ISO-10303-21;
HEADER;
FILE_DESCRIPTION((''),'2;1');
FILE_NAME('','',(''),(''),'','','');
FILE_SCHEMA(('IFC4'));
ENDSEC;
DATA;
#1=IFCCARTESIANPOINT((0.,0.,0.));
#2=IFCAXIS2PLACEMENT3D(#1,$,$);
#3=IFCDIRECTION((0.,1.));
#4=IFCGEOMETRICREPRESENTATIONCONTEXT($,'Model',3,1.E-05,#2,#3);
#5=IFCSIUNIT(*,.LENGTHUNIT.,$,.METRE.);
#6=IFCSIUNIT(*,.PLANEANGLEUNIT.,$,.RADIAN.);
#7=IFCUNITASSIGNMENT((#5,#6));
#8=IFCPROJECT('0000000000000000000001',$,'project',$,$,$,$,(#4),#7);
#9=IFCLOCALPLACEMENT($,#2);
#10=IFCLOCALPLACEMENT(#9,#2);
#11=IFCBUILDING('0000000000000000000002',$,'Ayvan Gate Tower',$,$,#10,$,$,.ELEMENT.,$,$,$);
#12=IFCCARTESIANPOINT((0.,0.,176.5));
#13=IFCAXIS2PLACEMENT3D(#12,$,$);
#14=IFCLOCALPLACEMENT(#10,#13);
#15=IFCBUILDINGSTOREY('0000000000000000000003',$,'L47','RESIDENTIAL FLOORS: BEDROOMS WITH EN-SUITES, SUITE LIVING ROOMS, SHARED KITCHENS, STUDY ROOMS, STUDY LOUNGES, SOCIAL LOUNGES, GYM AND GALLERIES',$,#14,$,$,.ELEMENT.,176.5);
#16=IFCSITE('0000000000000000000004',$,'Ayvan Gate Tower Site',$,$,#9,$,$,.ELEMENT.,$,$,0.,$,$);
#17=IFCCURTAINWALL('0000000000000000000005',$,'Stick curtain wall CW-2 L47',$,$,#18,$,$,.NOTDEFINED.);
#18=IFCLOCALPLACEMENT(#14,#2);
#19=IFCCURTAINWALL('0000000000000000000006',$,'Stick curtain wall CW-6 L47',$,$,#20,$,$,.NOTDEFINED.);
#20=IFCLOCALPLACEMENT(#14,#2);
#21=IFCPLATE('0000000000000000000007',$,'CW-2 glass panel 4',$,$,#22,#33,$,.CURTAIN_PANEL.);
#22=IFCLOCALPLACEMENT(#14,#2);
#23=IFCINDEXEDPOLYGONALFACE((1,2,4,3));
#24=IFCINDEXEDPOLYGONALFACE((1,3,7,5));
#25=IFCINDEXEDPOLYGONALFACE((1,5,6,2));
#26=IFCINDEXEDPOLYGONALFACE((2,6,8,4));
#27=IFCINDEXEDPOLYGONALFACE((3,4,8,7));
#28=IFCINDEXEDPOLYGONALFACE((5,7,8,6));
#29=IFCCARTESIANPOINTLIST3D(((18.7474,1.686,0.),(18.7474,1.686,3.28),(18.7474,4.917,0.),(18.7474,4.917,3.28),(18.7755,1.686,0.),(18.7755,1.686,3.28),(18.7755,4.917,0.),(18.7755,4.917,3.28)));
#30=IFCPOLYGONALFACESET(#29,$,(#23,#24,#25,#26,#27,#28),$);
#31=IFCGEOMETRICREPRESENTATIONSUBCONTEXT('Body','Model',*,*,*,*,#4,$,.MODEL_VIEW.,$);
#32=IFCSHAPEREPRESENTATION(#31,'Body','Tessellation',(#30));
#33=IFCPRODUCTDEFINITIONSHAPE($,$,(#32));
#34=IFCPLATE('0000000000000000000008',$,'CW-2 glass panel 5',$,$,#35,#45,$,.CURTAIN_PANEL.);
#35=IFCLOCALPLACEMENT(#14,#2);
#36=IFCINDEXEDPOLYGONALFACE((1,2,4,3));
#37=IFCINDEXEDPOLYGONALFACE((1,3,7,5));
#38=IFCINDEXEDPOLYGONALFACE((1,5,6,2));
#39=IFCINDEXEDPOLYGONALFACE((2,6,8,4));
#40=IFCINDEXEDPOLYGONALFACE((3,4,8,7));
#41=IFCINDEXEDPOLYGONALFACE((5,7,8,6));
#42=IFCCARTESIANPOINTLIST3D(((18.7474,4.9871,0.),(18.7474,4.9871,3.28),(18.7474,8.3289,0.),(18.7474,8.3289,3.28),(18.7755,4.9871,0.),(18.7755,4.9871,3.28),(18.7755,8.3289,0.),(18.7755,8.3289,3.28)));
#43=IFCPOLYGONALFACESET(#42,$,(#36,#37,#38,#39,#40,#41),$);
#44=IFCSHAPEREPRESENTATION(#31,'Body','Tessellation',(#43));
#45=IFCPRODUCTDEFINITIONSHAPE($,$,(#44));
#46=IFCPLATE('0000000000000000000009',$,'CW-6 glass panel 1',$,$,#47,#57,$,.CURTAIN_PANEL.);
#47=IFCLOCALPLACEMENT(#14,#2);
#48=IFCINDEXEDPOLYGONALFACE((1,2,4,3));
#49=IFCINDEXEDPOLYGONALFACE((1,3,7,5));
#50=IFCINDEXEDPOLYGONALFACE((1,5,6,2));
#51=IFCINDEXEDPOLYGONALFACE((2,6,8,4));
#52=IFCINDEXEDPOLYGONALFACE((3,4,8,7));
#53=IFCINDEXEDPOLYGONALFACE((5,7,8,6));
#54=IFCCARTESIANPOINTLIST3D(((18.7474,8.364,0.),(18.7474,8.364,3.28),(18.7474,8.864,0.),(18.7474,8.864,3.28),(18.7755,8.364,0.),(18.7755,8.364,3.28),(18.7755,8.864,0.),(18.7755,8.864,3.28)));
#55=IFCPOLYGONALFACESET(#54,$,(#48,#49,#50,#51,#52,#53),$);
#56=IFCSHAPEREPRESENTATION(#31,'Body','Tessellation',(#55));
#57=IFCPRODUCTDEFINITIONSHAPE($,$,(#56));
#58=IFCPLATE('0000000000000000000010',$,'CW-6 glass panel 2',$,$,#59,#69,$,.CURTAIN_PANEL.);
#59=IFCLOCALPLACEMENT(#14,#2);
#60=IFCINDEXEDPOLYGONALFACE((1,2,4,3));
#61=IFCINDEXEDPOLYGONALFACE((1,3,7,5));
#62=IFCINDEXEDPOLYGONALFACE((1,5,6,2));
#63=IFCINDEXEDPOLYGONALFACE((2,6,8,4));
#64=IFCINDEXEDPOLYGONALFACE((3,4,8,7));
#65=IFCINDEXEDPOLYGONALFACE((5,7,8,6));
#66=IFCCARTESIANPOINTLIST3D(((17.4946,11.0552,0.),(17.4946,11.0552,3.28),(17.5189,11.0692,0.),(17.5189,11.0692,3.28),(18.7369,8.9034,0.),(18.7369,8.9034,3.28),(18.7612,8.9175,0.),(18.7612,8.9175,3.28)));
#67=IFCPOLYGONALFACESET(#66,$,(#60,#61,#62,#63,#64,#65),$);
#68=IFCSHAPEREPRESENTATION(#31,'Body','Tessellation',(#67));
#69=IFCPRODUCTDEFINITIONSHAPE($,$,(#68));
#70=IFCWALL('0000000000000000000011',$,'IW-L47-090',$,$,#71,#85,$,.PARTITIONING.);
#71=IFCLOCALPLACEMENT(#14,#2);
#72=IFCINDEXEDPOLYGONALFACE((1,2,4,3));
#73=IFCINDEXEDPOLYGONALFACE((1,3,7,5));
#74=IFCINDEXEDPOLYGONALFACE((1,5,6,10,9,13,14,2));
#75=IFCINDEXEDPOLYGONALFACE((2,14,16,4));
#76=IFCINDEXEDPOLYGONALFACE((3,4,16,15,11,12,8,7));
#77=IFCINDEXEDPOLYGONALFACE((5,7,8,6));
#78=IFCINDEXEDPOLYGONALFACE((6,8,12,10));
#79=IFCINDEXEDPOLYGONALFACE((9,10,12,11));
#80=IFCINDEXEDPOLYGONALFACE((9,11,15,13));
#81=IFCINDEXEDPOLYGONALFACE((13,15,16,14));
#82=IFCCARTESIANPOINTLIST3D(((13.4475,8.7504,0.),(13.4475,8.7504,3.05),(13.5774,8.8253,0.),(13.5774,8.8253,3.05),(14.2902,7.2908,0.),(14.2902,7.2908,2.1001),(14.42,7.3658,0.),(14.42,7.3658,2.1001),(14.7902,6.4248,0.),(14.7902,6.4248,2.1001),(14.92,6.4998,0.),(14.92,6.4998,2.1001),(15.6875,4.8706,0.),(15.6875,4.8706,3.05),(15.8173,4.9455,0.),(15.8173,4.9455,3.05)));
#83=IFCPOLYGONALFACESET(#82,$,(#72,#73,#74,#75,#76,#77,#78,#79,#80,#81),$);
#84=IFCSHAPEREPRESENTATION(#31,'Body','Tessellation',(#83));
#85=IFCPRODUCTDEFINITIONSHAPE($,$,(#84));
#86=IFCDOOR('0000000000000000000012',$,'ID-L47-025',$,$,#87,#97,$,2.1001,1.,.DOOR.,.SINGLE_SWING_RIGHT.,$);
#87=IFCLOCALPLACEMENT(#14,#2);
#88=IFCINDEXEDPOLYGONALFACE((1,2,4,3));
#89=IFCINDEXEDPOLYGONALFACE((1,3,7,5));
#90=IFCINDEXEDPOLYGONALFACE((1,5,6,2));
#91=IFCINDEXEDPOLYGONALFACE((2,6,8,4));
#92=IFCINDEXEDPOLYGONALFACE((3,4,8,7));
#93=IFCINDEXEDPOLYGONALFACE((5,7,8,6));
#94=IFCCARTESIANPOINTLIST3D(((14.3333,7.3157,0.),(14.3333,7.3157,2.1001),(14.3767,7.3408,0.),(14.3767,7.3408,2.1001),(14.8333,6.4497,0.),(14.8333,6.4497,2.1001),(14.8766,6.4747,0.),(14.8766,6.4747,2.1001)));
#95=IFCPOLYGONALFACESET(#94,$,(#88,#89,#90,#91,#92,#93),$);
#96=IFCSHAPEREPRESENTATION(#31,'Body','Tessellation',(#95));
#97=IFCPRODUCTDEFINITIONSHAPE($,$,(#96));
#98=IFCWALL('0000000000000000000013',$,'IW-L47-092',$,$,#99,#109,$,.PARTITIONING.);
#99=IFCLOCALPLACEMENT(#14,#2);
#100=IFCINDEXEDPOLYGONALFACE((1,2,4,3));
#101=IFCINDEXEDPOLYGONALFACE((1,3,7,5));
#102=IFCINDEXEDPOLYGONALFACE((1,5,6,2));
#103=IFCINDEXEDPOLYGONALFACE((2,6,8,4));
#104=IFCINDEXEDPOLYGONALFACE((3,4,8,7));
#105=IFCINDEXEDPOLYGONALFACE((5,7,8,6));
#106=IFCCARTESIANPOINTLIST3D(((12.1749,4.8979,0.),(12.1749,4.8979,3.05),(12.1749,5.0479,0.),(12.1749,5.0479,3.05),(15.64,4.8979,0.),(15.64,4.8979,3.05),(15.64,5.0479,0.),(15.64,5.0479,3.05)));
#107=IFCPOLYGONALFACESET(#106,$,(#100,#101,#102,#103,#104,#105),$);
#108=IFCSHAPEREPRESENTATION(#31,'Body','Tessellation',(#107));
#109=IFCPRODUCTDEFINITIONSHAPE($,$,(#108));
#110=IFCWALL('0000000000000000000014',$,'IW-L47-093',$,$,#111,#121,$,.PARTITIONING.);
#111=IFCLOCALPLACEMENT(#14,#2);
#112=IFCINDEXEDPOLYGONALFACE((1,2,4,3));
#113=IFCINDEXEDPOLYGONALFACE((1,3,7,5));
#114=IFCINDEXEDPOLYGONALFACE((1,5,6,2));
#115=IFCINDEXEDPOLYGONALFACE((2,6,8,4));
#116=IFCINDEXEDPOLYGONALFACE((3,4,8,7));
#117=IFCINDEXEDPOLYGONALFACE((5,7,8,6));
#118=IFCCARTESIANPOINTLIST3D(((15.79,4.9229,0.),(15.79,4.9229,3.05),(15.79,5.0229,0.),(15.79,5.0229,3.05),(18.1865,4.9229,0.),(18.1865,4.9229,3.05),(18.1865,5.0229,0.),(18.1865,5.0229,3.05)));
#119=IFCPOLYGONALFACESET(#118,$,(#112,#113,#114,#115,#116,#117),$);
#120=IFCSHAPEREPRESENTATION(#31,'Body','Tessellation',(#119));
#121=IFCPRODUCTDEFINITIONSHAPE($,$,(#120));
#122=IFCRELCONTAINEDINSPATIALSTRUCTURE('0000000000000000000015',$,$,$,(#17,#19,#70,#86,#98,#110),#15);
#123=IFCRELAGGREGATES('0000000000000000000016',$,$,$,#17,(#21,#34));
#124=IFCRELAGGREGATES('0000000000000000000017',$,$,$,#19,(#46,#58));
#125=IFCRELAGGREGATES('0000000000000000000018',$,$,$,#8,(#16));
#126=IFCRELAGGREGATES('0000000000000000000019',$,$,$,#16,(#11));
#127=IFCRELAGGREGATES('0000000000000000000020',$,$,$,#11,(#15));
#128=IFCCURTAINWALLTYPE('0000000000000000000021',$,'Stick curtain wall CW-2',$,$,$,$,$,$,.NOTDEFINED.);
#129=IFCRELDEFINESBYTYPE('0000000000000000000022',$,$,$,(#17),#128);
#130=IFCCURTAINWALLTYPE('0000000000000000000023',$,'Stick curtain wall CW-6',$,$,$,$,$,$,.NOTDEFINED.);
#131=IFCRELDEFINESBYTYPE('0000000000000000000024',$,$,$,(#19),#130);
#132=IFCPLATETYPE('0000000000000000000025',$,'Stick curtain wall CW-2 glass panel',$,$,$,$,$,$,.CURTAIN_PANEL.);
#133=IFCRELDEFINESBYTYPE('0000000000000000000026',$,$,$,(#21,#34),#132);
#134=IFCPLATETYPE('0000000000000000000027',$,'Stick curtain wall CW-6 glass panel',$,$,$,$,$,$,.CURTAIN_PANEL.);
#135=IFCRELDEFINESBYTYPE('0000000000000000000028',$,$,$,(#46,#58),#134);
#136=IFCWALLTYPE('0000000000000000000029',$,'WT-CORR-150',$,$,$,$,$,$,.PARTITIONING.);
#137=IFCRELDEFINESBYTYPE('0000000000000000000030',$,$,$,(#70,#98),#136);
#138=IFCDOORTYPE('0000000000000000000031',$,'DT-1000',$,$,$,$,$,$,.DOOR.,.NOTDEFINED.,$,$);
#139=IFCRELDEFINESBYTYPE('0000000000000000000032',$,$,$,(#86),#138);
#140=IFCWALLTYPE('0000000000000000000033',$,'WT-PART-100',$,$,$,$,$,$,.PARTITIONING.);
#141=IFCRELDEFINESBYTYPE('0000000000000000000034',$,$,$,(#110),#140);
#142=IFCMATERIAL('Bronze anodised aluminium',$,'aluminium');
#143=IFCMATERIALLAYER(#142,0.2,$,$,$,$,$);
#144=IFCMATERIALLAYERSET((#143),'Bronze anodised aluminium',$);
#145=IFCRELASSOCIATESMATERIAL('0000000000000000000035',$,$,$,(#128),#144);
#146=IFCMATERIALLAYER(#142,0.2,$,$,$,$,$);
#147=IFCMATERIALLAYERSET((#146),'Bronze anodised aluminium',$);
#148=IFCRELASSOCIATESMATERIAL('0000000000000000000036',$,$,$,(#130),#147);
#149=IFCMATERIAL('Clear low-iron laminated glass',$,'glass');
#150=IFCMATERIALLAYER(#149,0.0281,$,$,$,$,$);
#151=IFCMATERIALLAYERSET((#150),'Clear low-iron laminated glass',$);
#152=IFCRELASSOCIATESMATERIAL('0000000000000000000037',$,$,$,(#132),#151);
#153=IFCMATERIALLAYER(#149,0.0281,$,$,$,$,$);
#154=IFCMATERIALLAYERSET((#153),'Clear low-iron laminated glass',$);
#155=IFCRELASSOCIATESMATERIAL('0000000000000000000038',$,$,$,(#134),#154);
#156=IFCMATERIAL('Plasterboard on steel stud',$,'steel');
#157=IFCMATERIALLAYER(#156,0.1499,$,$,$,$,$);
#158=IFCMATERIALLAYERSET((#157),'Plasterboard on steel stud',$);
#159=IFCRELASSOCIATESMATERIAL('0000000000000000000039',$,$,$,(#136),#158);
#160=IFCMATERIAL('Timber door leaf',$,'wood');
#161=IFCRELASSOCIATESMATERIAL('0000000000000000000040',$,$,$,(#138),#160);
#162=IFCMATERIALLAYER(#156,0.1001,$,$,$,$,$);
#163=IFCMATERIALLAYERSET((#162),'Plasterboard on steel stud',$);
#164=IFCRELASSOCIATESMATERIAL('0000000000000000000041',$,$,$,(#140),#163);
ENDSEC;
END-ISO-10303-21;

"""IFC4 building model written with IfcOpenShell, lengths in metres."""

from ifc_helpers import new_model, si_unit, direction, frame, frame_2d, origin, origin_2d, place, context, subcontext, project, spatial, rectangle, extrude, material, layer, layer_set, type_object, element, fill, aggregate, save


model = new_model("IFC4")

# Units and contexts
model_context = context("Model", 3, precision=1e-05, world=origin(), true_north=direction((0.0, 1.0)))
body_context = subcontext(model_context, "Body", "Model", "MODEL_VIEW")
ifc_project = project(units=[si_unit("LENGTHUNIT", "METRE"), si_unit("PLANEANGLEUNIT", "RADIAN")], contexts=[model_context])

# Site, building, storey
site_placement = place(None, origin())
site = spatial("IfcSite", under=ifc_project, at=site_placement, Name="Ayvan Gate Tower Site", CompositionType="ELEMENT", RefElevation=0.0)
building_placement = place(site_placement, origin())
building = spatial("IfcBuilding", under=site, at=building_placement, Name="Ayvan Gate Tower", CompositionType="ELEMENT")
storey_placement = place(building_placement, frame((0.0, 0.0, 176.5)))
storey = spatial("IfcBuildingStorey", under=building, at=storey_placement, Name="L47", Description="RESIDENTIAL FLOORS: BEDROOMS WITH EN-SUITES, SUITE LIVING ROOMS, SHARED KITCHENS, STUDY ROOMS, STUDY LOUNGES, SOCIAL LOUNGES, GYM AND GALLERIES", CompositionType="ELEMENT", Elevation=176.5)

# Curtain walls
ifc_material_1 = material(Name="Bronze anodised aluminium", Category="aluminium")
ifc_layer_1 = layer(ifc_material_1, 0.2)
ifc_layer_set_1 = layer_set([ifc_layer_1], Name="Bronze anodised aluminium")
curtain_wall_type_1 = type_object("IfcCurtainWallType", Name="Stick curtain wall CW-2", PredefinedType="NOTDEFINED", material=ifc_layer_set_1)
curtain_wall_1_placement = place(storey_placement, origin())
curtain_wall_1 = element("IfcCurtainWall", 1, at=curtain_wall_1_placement, inside=storey, type_object=curtain_wall_type_1, Name="Stick curtain wall CW-2 L47", PredefinedType="NOTDEFINED")
ifc_layer_2 = layer(ifc_material_1, 0.2)
ifc_layer_set_2 = layer_set([ifc_layer_2], Name="Bronze anodised aluminium")
curtain_wall_type_2 = type_object("IfcCurtainWallType", Name="Stick curtain wall CW-6", PredefinedType="NOTDEFINED", material=ifc_layer_set_2)
curtain_wall_2_placement = place(storey_placement, origin())
curtain_wall_2 = element("IfcCurtainWall", 2, at=curtain_wall_2_placement, inside=storey, type_object=curtain_wall_type_2, Name="Stick curtain wall CW-6 L47", PredefinedType="NOTDEFINED")

# Plates
ifc_material_2 = material(Name="Clear low-iron laminated glass", Category="glass")
ifc_layer_3 = layer(ifc_material_2, 0.0281)
ifc_layer_set_3 = layer_set([ifc_layer_3], Name="Clear low-iron laminated glass")
plate_type_1 = type_object("IfcPlateType", Name="Stick curtain wall CW-2 glass panel", PredefinedType="CURTAIN_PANEL", material=ifc_layer_set_3)
plate_1_placement = place(storey_placement, frame((18.7615, 3.3015, 0.0), z_axis=(0.0, 0.0, 1.0), x_axis=(0.0, 1.0, 0.0)))
plate_1 = element("IfcPlate", 3, at=plate_1_placement, type_object=plate_type_1, Name="CW-2 glass panel 4", PredefinedType="CURTAIN_PANEL", context=body_context, shape_type="SweptSolid", body=[
    extrude(rectangle(XDim=3.231, YDim=0.0281, at=origin_2d()), origin(), (0.0, 0.0, 1.0), 3.28),
])
plate_2_placement = place(storey_placement, frame((18.7615, 6.658, 0.0), z_axis=(0.0, 0.0, 1.0), x_axis=(0.0, 1.0, 0.0)))
plate_2 = element("IfcPlate", 4, at=plate_2_placement, type_object=plate_type_1, Name="CW-2 glass panel 5", PredefinedType="CURTAIN_PANEL", context=body_context, shape_type="SweptSolid", body=[
    extrude(rectangle(XDim=3.3418, YDim=0.0281, at=origin_2d()), origin(), (0.0, 0.0, 1.0), 3.28),
])
aggregate(curtain_wall_1, [plate_1, plate_2])
ifc_layer_4 = layer(ifc_material_2, 0.0281)
ifc_layer_set_4 = layer_set([ifc_layer_4], Name="Clear low-iron laminated glass")
plate_type_2 = type_object("IfcPlateType", Name="Stick curtain wall CW-6 glass panel", PredefinedType="CURTAIN_PANEL", material=ifc_layer_set_4)
plate_3_placement = place(storey_placement, frame((18.7615, 8.614, 0.0), z_axis=(0.0, 0.0, 1.0), x_axis=(0.0, 1.0, 0.0)))
plate_3 = element("IfcPlate", 5, at=plate_3_placement, type_object=plate_type_2, Name="CW-6 glass panel 1", PredefinedType="CURTAIN_PANEL", context=body_context, shape_type="SweptSolid", body=[
    extrude(rectangle(XDim=0.5, YDim=0.0281, at=origin_2d()), origin(), (0.0, 0.0, 1.0), 3.28),
])
plate_4_placement = place(storey_placement, frame((18.1279, 9.9863, 0.0), z_axis=(0.0, 0.0, 1.0), x_axis=(-0.5, 0.866025, 0.0)))
plate_4 = element("IfcPlate", 6, at=plate_4_placement, type_object=plate_type_2, Name="CW-6 glass panel 2", PredefinedType="CURTAIN_PANEL", context=body_context, shape_type="SweptSolid", body=[
    extrude(rectangle(XDim=2.4846, YDim=0.0281, at=origin_2d()), origin(), (0.0, 0.0, 1.0), 3.28),
])
aggregate(curtain_wall_2, [plate_3, plate_4])

# Wall, opening, door
ifc_material_3 = material(Name="Plasterboard on steel stud", Category="steel")
ifc_layer_5 = layer(ifc_material_3, 0.1499)
ifc_layer_set_5 = layer_set([ifc_layer_5], Name="Plasterboard on steel stud")
wall_type_1 = type_object("IfcWallType", Name="WT-CORR-150", PredefinedType="PARTITIONING", material=ifc_layer_set_5)
wall_1_placement = place(storey_placement, frame((13.5125, 8.7878, 0.0), z_axis=(0.0, 0.0, 1.0), x_axis=(0.49999, -0.866031, 0.0)))
wall_1 = element("IfcWall", 7, at=wall_1_placement, inside=storey, type_object=wall_type_1, Name="IW-L47-090", PredefinedType="PARTITIONING", context=body_context, shape_type="SweptSolid", body=[
    extrude(rectangle(XDim=4.48, YDim=0.1499, at=frame_2d((2.24, 0.0))), origin(), (0.0, 0.0, 1.0), 3.05),
])
opening_placement = place(wall_1_placement, frame((1.6853, 0.0, 0.0)))
opening = element("IfcOpeningElement", 8, at=opening_placement, cuts=wall_1, PredefinedType="OPENING", context=body_context, shape_type="SweptSolid", body=[
    extrude(rectangle(XDim=1.0, YDim=2.1001, at=frame_2d((0.5, 1.05))), frame((0.0, 0.085, 0.0), z_axis=(0.0, -1.0, 0.0), x_axis=(1.0, 0.0, 0.0)), (0.0, 0.0, 1.0), 0.1699),
])
ifc_material_4 = material(Name="Timber door leaf", Category="wood")
door_type = type_object("IfcDoorType", Name="DT-1000", OperationType="NOTDEFINED", PredefinedType="DOOR", material=ifc_material_4)
door_placement = place(opening_placement, origin())
door = element("IfcDoor", 9, at=door_placement, inside=storey, type_object=door_type, Name="ID-L47-025", OperationType="SINGLE_SWING_RIGHT", OverallHeight=2.1001, OverallWidth=1.0, PredefinedType="DOOR", context=body_context, shape_type="SweptSolid", body=[
    extrude(rectangle(XDim=1.0, YDim=2.1001, at=frame_2d((0.5, 1.05))), frame((0.0, 0.0249, 0.0), z_axis=(0.0, -1.0, 0.0), x_axis=(1.0, 0.0, 0.0)), (0.0, 0.0, 1.0), 0.05),
])
fill(opening, door)

# Walls
wall_2_placement = place(storey_placement, frame((15.6399, 4.9729, 0.0), z_axis=(0.0, 0.0, 1.0), x_axis=(-1.0, 0.0, 0.0)))
element("IfcWall", 10, at=wall_2_placement, inside=storey, type_object=wall_type_1, Name="IW-L47-092", PredefinedType="PARTITIONING", context=body_context, shape_type="SweptSolid", body=[
    extrude(rectangle(XDim=3.4651, YDim=0.1499, at=frame_2d((1.7324, 0.0))), origin(), (0.0, 0.0, 1.0), 3.05),
])
ifc_layer_6 = layer(ifc_material_3, 0.1001)
ifc_layer_set_6 = layer_set([ifc_layer_6], Name="Plasterboard on steel stud")
wall_type_2 = type_object("IfcWallType", Name="WT-PART-100", PredefinedType="PARTITIONING", material=ifc_layer_set_6)
wall_3_placement = place(storey_placement, frame((15.79, 4.9729, 0.0), z_axis=(0.0, 0.0, 1.0), x_axis=(1.0, 0.0, 0.0)))
element("IfcWall", 11, at=wall_3_placement, inside=storey, type_object=wall_type_2, Name="IW-L47-093", PredefinedType="PARTITIONING", context=body_context, shape_type="SweptSolid", body=[
    extrude(rectangle(XDim=2.3965, YDim=0.1001, at=frame_2d((1.1982, 0.0))), origin(), (0.0, 0.0, 1.0), 3.05),
])

save(model, "model.ifc")
